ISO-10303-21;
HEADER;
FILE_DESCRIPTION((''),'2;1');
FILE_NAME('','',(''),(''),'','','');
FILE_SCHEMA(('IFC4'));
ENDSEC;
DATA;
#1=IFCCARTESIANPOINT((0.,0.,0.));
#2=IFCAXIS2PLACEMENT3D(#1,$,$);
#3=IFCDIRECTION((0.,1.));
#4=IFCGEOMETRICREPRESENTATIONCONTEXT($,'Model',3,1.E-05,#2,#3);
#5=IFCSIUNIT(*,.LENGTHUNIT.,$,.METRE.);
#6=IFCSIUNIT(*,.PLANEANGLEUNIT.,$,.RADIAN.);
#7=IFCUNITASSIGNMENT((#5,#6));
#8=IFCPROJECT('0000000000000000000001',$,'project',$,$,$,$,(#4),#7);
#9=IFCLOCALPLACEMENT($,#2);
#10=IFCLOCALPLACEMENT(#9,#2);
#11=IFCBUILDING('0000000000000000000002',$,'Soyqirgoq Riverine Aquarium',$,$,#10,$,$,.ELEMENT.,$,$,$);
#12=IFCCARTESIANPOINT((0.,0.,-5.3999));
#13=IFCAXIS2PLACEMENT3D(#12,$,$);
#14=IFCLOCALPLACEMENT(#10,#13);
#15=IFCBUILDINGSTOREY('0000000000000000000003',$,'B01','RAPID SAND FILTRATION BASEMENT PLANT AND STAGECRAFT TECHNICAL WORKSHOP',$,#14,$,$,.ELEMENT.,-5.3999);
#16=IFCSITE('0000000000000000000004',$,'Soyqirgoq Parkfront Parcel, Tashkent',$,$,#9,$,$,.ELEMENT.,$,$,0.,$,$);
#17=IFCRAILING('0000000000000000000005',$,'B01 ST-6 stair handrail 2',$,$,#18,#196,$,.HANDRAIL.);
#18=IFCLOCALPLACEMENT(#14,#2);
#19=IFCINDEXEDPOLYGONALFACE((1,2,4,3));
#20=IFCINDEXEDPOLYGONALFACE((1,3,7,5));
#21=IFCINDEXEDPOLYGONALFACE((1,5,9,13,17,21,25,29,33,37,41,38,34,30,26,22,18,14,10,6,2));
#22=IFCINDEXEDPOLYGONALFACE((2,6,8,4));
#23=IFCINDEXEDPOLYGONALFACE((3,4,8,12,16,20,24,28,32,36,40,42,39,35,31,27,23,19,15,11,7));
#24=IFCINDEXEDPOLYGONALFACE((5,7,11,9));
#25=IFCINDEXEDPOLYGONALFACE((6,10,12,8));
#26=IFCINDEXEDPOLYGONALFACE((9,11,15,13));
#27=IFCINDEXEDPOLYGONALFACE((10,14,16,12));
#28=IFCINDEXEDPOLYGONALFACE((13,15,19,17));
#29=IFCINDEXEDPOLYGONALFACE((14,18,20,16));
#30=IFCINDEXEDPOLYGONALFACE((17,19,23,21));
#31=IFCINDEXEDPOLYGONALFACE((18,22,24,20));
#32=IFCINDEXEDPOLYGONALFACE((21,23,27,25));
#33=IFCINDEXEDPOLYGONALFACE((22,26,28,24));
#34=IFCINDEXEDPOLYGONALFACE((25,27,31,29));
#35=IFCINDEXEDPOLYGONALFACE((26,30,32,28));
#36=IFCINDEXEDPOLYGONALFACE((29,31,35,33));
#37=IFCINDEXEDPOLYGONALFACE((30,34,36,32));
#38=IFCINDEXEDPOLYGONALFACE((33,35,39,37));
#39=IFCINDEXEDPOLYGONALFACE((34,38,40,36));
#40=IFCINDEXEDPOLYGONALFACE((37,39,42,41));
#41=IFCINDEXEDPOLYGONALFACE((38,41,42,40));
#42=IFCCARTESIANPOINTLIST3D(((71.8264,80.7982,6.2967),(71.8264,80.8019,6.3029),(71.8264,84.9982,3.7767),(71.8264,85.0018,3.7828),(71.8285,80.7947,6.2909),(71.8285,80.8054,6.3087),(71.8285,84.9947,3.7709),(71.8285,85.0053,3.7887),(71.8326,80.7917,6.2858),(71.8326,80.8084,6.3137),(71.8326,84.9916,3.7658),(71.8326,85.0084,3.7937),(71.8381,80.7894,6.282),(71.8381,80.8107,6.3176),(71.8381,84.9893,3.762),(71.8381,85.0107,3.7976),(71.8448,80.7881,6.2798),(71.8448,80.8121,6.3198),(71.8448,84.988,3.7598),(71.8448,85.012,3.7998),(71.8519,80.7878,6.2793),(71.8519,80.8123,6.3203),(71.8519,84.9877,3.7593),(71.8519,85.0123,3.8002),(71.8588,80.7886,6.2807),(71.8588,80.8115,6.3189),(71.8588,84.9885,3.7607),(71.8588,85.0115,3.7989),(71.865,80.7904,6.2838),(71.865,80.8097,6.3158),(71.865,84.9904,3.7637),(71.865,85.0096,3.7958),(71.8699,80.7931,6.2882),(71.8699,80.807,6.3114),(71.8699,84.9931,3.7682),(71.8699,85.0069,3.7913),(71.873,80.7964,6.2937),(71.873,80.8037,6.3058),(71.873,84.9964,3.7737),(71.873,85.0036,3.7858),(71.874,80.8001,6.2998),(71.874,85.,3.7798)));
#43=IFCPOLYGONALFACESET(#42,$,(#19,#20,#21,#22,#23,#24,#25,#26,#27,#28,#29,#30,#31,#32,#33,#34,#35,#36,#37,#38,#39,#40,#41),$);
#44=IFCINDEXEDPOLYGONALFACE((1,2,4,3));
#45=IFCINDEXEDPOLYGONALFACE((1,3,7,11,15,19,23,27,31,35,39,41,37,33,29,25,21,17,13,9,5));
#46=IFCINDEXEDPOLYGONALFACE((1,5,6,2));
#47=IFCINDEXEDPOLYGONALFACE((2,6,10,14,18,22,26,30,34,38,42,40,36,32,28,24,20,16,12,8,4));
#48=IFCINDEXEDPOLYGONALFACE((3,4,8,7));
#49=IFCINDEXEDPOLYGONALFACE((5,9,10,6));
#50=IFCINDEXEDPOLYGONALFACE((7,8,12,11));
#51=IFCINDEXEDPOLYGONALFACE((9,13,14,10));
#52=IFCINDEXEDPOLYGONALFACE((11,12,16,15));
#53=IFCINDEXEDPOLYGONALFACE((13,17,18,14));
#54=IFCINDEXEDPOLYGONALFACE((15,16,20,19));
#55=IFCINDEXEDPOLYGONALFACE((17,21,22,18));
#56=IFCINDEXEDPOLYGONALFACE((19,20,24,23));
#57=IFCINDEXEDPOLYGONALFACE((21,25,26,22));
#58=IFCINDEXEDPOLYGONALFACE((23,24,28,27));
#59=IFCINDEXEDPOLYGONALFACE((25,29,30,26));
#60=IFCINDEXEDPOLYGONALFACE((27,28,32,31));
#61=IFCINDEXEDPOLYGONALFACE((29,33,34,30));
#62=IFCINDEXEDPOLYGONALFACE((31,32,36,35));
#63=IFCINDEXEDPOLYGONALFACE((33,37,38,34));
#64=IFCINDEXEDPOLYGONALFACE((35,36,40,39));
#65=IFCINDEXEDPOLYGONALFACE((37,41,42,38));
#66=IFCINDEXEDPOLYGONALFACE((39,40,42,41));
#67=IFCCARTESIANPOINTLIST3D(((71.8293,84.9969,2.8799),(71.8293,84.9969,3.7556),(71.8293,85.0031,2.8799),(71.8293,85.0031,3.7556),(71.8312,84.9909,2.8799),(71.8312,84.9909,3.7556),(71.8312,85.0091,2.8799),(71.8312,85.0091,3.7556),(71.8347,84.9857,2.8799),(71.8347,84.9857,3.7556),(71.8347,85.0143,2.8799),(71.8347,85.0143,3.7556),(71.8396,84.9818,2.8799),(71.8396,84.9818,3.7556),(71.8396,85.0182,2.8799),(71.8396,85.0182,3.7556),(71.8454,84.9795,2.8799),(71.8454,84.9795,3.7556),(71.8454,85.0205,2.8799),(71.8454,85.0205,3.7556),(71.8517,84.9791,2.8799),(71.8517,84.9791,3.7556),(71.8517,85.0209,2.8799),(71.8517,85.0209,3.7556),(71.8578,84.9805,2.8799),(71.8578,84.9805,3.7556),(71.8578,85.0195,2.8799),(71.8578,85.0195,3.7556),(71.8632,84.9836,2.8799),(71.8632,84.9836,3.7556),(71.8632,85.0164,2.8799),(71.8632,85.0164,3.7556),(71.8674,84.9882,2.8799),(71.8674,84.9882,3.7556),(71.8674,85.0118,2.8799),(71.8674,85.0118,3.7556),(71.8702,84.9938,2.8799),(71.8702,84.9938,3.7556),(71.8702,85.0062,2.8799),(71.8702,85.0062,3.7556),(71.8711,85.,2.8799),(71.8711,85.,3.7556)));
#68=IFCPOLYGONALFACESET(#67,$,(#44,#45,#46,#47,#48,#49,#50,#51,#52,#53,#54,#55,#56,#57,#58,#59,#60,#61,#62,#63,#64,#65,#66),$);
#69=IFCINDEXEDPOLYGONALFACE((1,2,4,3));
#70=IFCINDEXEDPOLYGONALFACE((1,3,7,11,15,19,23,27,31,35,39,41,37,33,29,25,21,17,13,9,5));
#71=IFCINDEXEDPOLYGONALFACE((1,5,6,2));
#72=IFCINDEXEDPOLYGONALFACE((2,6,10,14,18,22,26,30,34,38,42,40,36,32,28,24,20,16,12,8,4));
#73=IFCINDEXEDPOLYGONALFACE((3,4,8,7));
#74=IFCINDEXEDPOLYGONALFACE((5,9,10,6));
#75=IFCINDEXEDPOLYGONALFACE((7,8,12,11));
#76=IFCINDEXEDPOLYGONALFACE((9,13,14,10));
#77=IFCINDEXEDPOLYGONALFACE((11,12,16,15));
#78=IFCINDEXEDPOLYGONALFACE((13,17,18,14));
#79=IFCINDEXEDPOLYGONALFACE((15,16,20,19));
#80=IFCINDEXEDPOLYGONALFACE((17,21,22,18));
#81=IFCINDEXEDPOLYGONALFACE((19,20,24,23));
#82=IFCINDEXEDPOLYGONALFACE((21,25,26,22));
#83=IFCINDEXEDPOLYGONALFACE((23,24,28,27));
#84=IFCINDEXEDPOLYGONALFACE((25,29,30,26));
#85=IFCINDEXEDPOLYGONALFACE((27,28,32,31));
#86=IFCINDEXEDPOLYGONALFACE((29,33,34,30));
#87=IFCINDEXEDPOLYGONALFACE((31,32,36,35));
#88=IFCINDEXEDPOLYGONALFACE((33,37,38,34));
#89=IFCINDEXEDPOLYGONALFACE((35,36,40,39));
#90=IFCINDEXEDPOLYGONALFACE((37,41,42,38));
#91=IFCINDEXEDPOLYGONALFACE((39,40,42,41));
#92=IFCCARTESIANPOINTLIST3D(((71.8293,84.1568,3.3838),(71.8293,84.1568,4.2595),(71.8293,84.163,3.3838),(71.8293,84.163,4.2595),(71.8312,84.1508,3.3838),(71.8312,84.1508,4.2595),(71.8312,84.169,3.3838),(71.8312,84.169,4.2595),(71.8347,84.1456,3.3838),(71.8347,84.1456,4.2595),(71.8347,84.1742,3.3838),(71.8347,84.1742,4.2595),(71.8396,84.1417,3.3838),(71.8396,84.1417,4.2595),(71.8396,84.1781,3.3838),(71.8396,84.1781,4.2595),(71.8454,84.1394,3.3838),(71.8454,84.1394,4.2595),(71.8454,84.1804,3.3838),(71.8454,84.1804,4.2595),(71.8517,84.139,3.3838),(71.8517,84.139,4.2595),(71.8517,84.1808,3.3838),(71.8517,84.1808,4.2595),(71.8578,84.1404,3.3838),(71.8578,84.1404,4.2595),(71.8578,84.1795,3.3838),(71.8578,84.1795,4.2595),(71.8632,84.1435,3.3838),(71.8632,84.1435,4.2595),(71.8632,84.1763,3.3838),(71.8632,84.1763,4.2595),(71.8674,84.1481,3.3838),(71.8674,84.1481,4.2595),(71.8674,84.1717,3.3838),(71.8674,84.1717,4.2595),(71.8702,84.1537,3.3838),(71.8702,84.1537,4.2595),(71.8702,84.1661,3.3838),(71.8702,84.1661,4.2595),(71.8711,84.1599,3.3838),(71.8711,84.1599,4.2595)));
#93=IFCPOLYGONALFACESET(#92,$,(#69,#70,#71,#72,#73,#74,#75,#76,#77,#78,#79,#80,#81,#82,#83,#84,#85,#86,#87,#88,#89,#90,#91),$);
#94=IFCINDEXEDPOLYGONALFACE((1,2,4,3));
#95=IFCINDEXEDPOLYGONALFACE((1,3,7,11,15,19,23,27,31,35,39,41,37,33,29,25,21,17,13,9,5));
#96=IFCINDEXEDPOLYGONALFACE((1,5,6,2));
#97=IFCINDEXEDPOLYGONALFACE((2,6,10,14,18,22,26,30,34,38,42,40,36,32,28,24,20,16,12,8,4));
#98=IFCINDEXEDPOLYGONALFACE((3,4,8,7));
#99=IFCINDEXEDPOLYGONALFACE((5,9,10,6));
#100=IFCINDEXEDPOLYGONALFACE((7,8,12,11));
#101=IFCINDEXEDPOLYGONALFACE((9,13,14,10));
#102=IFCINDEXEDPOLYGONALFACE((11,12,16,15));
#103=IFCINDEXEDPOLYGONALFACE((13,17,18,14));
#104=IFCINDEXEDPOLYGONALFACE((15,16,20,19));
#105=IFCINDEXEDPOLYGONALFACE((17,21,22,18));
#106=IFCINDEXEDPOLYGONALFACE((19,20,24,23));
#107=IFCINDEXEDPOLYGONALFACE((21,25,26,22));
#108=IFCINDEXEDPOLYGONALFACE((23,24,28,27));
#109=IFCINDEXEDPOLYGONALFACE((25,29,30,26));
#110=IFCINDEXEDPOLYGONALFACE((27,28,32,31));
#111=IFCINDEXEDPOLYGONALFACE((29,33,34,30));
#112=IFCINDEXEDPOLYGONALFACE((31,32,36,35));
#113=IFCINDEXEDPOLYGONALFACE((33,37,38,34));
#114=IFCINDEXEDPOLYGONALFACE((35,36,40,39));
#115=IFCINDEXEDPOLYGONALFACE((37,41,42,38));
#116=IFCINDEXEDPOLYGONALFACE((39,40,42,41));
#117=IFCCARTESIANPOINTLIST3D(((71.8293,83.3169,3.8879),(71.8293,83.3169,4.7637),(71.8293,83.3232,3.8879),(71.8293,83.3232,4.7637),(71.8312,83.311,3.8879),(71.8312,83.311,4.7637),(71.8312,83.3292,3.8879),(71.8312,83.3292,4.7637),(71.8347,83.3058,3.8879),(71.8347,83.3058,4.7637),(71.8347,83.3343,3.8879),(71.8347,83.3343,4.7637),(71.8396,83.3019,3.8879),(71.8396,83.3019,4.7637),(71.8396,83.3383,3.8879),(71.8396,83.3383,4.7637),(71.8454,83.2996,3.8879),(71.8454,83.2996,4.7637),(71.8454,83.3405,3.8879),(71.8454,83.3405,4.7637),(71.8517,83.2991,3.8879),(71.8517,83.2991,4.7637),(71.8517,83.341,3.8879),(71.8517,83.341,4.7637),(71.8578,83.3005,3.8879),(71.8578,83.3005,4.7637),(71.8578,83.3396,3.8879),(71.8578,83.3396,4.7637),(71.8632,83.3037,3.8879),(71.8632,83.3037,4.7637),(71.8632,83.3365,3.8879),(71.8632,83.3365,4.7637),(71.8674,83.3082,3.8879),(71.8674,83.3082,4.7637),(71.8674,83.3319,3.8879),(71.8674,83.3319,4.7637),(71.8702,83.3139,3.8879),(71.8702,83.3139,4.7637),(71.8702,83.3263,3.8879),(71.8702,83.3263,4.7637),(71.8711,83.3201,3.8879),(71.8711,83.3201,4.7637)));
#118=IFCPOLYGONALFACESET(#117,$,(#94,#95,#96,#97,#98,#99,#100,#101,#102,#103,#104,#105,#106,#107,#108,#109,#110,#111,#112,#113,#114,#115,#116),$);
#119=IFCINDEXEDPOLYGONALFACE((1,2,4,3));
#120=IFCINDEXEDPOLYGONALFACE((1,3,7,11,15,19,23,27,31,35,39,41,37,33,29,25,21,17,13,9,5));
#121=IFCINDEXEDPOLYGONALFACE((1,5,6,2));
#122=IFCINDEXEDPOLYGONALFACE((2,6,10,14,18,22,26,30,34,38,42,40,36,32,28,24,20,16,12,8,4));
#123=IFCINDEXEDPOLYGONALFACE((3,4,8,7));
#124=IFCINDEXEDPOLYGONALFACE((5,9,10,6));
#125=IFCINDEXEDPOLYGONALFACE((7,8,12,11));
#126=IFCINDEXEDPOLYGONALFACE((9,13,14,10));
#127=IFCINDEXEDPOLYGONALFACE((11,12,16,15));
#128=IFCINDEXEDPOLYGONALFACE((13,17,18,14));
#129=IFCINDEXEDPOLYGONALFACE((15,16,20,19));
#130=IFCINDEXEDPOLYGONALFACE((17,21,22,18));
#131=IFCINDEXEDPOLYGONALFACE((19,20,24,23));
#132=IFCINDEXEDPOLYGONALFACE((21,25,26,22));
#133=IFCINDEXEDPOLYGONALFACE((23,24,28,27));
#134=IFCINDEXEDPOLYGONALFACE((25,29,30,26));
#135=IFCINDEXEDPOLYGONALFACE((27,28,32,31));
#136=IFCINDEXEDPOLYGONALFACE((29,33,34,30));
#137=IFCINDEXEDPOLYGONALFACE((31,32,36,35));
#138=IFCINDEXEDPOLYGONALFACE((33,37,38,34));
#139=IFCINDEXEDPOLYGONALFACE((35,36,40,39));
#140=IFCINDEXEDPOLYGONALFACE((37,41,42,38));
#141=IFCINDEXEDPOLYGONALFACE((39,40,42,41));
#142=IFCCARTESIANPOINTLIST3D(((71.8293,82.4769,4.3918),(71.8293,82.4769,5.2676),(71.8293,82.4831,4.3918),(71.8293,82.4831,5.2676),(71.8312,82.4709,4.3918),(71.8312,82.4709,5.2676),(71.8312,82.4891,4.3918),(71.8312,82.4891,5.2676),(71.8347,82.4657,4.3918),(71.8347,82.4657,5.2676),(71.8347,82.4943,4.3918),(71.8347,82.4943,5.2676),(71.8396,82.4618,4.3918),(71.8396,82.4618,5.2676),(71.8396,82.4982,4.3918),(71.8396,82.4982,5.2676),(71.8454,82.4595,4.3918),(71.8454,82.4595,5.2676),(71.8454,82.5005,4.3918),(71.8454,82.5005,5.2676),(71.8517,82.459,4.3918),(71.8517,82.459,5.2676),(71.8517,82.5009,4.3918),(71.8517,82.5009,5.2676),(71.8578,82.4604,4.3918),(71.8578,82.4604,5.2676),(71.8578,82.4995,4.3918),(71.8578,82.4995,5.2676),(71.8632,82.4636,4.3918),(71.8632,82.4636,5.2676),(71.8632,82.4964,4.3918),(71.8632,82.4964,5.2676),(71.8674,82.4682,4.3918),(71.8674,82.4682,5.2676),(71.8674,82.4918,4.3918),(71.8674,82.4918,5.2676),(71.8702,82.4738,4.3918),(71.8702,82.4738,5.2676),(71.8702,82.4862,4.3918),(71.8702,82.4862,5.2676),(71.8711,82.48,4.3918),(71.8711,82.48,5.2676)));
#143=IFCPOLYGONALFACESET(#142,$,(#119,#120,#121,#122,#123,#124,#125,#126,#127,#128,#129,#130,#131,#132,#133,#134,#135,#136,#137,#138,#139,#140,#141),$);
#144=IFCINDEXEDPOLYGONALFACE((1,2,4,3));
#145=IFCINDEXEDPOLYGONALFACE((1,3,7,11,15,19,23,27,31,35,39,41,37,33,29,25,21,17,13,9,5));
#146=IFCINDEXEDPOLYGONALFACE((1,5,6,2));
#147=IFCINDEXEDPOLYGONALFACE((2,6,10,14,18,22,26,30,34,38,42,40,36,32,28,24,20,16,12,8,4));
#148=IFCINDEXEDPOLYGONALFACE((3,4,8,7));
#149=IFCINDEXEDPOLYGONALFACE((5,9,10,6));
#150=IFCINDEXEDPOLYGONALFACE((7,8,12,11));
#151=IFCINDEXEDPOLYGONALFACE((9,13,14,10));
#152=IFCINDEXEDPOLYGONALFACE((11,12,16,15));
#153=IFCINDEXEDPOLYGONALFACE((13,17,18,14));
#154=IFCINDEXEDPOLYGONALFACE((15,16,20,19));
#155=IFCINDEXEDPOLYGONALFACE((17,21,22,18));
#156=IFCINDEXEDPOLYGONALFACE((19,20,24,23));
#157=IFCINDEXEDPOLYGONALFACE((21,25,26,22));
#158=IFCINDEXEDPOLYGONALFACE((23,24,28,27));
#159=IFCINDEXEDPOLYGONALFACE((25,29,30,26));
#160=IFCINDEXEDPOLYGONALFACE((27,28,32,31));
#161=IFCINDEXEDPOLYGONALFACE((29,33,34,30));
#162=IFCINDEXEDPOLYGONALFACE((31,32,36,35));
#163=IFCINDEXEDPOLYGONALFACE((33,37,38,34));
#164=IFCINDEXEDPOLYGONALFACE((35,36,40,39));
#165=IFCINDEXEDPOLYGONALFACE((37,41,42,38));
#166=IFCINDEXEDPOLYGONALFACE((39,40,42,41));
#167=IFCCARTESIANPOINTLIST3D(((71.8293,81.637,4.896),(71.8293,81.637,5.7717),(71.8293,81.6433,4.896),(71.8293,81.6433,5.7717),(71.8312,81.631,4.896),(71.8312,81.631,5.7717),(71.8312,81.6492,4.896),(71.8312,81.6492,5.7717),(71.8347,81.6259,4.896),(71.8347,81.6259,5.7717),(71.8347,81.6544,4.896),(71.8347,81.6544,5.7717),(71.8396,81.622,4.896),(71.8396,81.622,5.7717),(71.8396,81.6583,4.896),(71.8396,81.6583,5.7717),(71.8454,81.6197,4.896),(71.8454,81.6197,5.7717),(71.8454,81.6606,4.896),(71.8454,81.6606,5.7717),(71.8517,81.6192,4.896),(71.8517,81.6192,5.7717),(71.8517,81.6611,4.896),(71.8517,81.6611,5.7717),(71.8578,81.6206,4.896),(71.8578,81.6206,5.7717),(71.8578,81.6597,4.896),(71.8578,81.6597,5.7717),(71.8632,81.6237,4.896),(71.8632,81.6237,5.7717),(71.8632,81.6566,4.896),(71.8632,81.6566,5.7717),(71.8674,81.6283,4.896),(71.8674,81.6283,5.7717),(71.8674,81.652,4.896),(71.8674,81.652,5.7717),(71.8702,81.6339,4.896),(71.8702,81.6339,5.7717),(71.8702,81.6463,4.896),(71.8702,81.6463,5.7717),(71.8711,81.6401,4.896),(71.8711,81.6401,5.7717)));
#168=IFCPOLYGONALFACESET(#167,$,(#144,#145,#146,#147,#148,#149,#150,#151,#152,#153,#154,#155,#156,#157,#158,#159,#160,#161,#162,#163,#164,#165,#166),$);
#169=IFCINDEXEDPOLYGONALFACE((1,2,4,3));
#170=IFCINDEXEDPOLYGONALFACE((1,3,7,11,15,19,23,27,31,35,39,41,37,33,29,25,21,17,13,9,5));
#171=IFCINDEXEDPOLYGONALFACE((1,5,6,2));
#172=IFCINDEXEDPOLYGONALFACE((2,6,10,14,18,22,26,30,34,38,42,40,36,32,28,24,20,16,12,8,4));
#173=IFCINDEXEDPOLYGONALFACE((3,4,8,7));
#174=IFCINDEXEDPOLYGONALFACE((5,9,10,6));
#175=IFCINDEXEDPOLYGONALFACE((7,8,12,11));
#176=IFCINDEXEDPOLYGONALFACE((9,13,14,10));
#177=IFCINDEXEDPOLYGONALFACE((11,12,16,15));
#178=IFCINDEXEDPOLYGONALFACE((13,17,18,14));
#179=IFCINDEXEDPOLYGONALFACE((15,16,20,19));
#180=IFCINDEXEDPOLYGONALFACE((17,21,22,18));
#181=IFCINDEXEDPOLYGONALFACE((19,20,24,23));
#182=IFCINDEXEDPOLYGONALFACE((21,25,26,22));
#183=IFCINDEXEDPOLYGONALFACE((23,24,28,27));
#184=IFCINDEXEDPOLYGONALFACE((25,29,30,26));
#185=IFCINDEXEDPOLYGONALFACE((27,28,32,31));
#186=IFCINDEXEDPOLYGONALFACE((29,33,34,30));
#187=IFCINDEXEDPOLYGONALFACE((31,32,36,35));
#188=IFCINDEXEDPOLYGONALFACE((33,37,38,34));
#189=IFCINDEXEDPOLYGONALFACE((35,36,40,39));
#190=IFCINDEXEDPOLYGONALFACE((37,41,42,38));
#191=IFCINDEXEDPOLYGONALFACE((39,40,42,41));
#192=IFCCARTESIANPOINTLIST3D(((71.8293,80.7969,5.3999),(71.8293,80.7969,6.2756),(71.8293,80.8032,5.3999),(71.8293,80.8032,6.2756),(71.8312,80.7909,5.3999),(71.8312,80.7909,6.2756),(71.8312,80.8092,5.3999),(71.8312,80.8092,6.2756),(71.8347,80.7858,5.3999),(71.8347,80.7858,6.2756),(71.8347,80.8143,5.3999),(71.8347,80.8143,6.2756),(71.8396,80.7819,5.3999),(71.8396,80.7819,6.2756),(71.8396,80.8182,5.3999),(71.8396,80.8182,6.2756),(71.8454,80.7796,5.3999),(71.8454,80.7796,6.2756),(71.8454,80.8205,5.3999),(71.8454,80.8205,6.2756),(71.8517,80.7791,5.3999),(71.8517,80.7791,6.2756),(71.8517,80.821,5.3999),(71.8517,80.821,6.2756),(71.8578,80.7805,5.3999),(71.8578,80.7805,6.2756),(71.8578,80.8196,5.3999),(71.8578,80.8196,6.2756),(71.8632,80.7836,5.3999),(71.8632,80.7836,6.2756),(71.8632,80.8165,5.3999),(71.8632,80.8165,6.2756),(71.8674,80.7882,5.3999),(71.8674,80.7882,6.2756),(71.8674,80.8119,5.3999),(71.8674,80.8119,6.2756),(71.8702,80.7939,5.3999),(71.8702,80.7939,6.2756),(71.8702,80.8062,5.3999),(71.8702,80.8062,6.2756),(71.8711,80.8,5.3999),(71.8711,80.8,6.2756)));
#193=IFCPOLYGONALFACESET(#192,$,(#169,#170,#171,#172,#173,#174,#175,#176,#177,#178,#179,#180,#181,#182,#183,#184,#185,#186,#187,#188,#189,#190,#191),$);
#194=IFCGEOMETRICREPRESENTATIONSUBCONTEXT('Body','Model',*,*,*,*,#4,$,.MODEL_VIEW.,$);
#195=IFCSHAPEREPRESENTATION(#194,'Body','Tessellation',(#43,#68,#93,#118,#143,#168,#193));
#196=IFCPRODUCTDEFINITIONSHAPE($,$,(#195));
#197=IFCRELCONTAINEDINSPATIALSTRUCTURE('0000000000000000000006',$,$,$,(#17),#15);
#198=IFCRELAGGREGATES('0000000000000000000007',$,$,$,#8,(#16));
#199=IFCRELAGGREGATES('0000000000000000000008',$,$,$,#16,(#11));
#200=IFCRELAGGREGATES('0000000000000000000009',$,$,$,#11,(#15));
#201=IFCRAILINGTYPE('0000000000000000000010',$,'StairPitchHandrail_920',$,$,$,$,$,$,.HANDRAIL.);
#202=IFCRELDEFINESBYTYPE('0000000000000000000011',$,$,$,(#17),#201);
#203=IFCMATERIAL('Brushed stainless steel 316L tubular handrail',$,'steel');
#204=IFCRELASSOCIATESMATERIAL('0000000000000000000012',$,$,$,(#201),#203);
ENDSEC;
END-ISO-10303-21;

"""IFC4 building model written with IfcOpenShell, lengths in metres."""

from ifc_helpers import new_model, si_unit, direction, frame, origin, origin_2d, place, context, subcontext, project, spatial, circle, extrude, material, type_object, element, save


model = new_model("IFC4")

# Units and contexts
model_context = context("Model", 3, precision=1e-05, world=origin(), true_north=direction((0.0, 1.0)))
body_context = subcontext(model_context, "Body", "Model", "MODEL_VIEW")
ifc_project = project(units=[si_unit("LENGTHUNIT", "METRE"), si_unit("PLANEANGLEUNIT", "RADIAN")], contexts=[model_context])

# Site, building, storey
site_placement = place(None, origin())
site = spatial("IfcSite", under=ifc_project, at=site_placement, Name="Soyqirgoq Parkfront Parcel, Tashkent", CompositionType="ELEMENT", RefElevation=0.0)
building_placement = place(site_placement, origin())
building = spatial("IfcBuilding", under=site, at=building_placement, Name="Soyqirgoq Riverine Aquarium", CompositionType="ELEMENT")
storey_placement = place(building_placement, frame((0.0, 0.0, -5.3999)))
storey = spatial("IfcBuildingStorey", under=building, at=storey_placement, Name="B01", Description="RAPID SAND FILTRATION BASEMENT PLANT AND STAGECRAFT TECHNICAL WORKSHOP", CompositionType="ELEMENT", Elevation=-5.3999)

# Railing
ifc_material_1 = material(Name="Brushed stainless steel 316L tubular handrail", Category="steel")
railing_type_1 = type_object("IfcRailingType", Name="StairPitchHandrail_920", PredefinedType="HANDRAIL", material=ifc_material_1)
railing_1_placement = place(storey_placement, frame((71.8501, 85.0, 2.8799)))
element("IfcRailing", 1, at=railing_1_placement, inside=storey, type_object=railing_type_1, Name="B01 ST-6 stair handrail 2", PredefinedType="HANDRAIL", context=body_context, shape_type="SweptSolid", body=[
    extrude(circle(Radius=0.0239, at=origin_2d()), frame((0.0, 0.0, 0.8999), z_axis=(0.0, -0.857489, 0.514503), x_axis=(1.0, 0.0, 0.0)), (0.0, 0.0, 1.0), 4.8979),
    extrude(circle(Radius=0.021, at=origin_2d()), origin(), (0.0, 0.0, 1.0), 0.8757),
    extrude(circle(Radius=0.021, at=origin_2d()), frame((0.0, -0.8401, 0.5039)), (0.0, 0.0, 1.0), 0.8757),
    extrude(circle(Radius=0.021, at=origin_2d()), frame((0.0, -1.6799, 1.0081)), (0.0, 0.0, 1.0), 0.8757),
    extrude(circle(Radius=0.021, at=origin_2d()), frame((0.0, -2.52, 1.512)), (0.0, 0.0, 1.0), 0.8757),
    extrude(circle(Radius=0.021, at=origin_2d()), frame((0.0, -3.3599, 2.0161)), (0.0, 0.0, 1.0), 0.8757),
    extrude(circle(Radius=0.021, at=origin_2d()), frame((0.0, -4.2, 2.52)), (0.0, 0.0, 1.0), 0.8757),
])

save(model, "model.ifc")
